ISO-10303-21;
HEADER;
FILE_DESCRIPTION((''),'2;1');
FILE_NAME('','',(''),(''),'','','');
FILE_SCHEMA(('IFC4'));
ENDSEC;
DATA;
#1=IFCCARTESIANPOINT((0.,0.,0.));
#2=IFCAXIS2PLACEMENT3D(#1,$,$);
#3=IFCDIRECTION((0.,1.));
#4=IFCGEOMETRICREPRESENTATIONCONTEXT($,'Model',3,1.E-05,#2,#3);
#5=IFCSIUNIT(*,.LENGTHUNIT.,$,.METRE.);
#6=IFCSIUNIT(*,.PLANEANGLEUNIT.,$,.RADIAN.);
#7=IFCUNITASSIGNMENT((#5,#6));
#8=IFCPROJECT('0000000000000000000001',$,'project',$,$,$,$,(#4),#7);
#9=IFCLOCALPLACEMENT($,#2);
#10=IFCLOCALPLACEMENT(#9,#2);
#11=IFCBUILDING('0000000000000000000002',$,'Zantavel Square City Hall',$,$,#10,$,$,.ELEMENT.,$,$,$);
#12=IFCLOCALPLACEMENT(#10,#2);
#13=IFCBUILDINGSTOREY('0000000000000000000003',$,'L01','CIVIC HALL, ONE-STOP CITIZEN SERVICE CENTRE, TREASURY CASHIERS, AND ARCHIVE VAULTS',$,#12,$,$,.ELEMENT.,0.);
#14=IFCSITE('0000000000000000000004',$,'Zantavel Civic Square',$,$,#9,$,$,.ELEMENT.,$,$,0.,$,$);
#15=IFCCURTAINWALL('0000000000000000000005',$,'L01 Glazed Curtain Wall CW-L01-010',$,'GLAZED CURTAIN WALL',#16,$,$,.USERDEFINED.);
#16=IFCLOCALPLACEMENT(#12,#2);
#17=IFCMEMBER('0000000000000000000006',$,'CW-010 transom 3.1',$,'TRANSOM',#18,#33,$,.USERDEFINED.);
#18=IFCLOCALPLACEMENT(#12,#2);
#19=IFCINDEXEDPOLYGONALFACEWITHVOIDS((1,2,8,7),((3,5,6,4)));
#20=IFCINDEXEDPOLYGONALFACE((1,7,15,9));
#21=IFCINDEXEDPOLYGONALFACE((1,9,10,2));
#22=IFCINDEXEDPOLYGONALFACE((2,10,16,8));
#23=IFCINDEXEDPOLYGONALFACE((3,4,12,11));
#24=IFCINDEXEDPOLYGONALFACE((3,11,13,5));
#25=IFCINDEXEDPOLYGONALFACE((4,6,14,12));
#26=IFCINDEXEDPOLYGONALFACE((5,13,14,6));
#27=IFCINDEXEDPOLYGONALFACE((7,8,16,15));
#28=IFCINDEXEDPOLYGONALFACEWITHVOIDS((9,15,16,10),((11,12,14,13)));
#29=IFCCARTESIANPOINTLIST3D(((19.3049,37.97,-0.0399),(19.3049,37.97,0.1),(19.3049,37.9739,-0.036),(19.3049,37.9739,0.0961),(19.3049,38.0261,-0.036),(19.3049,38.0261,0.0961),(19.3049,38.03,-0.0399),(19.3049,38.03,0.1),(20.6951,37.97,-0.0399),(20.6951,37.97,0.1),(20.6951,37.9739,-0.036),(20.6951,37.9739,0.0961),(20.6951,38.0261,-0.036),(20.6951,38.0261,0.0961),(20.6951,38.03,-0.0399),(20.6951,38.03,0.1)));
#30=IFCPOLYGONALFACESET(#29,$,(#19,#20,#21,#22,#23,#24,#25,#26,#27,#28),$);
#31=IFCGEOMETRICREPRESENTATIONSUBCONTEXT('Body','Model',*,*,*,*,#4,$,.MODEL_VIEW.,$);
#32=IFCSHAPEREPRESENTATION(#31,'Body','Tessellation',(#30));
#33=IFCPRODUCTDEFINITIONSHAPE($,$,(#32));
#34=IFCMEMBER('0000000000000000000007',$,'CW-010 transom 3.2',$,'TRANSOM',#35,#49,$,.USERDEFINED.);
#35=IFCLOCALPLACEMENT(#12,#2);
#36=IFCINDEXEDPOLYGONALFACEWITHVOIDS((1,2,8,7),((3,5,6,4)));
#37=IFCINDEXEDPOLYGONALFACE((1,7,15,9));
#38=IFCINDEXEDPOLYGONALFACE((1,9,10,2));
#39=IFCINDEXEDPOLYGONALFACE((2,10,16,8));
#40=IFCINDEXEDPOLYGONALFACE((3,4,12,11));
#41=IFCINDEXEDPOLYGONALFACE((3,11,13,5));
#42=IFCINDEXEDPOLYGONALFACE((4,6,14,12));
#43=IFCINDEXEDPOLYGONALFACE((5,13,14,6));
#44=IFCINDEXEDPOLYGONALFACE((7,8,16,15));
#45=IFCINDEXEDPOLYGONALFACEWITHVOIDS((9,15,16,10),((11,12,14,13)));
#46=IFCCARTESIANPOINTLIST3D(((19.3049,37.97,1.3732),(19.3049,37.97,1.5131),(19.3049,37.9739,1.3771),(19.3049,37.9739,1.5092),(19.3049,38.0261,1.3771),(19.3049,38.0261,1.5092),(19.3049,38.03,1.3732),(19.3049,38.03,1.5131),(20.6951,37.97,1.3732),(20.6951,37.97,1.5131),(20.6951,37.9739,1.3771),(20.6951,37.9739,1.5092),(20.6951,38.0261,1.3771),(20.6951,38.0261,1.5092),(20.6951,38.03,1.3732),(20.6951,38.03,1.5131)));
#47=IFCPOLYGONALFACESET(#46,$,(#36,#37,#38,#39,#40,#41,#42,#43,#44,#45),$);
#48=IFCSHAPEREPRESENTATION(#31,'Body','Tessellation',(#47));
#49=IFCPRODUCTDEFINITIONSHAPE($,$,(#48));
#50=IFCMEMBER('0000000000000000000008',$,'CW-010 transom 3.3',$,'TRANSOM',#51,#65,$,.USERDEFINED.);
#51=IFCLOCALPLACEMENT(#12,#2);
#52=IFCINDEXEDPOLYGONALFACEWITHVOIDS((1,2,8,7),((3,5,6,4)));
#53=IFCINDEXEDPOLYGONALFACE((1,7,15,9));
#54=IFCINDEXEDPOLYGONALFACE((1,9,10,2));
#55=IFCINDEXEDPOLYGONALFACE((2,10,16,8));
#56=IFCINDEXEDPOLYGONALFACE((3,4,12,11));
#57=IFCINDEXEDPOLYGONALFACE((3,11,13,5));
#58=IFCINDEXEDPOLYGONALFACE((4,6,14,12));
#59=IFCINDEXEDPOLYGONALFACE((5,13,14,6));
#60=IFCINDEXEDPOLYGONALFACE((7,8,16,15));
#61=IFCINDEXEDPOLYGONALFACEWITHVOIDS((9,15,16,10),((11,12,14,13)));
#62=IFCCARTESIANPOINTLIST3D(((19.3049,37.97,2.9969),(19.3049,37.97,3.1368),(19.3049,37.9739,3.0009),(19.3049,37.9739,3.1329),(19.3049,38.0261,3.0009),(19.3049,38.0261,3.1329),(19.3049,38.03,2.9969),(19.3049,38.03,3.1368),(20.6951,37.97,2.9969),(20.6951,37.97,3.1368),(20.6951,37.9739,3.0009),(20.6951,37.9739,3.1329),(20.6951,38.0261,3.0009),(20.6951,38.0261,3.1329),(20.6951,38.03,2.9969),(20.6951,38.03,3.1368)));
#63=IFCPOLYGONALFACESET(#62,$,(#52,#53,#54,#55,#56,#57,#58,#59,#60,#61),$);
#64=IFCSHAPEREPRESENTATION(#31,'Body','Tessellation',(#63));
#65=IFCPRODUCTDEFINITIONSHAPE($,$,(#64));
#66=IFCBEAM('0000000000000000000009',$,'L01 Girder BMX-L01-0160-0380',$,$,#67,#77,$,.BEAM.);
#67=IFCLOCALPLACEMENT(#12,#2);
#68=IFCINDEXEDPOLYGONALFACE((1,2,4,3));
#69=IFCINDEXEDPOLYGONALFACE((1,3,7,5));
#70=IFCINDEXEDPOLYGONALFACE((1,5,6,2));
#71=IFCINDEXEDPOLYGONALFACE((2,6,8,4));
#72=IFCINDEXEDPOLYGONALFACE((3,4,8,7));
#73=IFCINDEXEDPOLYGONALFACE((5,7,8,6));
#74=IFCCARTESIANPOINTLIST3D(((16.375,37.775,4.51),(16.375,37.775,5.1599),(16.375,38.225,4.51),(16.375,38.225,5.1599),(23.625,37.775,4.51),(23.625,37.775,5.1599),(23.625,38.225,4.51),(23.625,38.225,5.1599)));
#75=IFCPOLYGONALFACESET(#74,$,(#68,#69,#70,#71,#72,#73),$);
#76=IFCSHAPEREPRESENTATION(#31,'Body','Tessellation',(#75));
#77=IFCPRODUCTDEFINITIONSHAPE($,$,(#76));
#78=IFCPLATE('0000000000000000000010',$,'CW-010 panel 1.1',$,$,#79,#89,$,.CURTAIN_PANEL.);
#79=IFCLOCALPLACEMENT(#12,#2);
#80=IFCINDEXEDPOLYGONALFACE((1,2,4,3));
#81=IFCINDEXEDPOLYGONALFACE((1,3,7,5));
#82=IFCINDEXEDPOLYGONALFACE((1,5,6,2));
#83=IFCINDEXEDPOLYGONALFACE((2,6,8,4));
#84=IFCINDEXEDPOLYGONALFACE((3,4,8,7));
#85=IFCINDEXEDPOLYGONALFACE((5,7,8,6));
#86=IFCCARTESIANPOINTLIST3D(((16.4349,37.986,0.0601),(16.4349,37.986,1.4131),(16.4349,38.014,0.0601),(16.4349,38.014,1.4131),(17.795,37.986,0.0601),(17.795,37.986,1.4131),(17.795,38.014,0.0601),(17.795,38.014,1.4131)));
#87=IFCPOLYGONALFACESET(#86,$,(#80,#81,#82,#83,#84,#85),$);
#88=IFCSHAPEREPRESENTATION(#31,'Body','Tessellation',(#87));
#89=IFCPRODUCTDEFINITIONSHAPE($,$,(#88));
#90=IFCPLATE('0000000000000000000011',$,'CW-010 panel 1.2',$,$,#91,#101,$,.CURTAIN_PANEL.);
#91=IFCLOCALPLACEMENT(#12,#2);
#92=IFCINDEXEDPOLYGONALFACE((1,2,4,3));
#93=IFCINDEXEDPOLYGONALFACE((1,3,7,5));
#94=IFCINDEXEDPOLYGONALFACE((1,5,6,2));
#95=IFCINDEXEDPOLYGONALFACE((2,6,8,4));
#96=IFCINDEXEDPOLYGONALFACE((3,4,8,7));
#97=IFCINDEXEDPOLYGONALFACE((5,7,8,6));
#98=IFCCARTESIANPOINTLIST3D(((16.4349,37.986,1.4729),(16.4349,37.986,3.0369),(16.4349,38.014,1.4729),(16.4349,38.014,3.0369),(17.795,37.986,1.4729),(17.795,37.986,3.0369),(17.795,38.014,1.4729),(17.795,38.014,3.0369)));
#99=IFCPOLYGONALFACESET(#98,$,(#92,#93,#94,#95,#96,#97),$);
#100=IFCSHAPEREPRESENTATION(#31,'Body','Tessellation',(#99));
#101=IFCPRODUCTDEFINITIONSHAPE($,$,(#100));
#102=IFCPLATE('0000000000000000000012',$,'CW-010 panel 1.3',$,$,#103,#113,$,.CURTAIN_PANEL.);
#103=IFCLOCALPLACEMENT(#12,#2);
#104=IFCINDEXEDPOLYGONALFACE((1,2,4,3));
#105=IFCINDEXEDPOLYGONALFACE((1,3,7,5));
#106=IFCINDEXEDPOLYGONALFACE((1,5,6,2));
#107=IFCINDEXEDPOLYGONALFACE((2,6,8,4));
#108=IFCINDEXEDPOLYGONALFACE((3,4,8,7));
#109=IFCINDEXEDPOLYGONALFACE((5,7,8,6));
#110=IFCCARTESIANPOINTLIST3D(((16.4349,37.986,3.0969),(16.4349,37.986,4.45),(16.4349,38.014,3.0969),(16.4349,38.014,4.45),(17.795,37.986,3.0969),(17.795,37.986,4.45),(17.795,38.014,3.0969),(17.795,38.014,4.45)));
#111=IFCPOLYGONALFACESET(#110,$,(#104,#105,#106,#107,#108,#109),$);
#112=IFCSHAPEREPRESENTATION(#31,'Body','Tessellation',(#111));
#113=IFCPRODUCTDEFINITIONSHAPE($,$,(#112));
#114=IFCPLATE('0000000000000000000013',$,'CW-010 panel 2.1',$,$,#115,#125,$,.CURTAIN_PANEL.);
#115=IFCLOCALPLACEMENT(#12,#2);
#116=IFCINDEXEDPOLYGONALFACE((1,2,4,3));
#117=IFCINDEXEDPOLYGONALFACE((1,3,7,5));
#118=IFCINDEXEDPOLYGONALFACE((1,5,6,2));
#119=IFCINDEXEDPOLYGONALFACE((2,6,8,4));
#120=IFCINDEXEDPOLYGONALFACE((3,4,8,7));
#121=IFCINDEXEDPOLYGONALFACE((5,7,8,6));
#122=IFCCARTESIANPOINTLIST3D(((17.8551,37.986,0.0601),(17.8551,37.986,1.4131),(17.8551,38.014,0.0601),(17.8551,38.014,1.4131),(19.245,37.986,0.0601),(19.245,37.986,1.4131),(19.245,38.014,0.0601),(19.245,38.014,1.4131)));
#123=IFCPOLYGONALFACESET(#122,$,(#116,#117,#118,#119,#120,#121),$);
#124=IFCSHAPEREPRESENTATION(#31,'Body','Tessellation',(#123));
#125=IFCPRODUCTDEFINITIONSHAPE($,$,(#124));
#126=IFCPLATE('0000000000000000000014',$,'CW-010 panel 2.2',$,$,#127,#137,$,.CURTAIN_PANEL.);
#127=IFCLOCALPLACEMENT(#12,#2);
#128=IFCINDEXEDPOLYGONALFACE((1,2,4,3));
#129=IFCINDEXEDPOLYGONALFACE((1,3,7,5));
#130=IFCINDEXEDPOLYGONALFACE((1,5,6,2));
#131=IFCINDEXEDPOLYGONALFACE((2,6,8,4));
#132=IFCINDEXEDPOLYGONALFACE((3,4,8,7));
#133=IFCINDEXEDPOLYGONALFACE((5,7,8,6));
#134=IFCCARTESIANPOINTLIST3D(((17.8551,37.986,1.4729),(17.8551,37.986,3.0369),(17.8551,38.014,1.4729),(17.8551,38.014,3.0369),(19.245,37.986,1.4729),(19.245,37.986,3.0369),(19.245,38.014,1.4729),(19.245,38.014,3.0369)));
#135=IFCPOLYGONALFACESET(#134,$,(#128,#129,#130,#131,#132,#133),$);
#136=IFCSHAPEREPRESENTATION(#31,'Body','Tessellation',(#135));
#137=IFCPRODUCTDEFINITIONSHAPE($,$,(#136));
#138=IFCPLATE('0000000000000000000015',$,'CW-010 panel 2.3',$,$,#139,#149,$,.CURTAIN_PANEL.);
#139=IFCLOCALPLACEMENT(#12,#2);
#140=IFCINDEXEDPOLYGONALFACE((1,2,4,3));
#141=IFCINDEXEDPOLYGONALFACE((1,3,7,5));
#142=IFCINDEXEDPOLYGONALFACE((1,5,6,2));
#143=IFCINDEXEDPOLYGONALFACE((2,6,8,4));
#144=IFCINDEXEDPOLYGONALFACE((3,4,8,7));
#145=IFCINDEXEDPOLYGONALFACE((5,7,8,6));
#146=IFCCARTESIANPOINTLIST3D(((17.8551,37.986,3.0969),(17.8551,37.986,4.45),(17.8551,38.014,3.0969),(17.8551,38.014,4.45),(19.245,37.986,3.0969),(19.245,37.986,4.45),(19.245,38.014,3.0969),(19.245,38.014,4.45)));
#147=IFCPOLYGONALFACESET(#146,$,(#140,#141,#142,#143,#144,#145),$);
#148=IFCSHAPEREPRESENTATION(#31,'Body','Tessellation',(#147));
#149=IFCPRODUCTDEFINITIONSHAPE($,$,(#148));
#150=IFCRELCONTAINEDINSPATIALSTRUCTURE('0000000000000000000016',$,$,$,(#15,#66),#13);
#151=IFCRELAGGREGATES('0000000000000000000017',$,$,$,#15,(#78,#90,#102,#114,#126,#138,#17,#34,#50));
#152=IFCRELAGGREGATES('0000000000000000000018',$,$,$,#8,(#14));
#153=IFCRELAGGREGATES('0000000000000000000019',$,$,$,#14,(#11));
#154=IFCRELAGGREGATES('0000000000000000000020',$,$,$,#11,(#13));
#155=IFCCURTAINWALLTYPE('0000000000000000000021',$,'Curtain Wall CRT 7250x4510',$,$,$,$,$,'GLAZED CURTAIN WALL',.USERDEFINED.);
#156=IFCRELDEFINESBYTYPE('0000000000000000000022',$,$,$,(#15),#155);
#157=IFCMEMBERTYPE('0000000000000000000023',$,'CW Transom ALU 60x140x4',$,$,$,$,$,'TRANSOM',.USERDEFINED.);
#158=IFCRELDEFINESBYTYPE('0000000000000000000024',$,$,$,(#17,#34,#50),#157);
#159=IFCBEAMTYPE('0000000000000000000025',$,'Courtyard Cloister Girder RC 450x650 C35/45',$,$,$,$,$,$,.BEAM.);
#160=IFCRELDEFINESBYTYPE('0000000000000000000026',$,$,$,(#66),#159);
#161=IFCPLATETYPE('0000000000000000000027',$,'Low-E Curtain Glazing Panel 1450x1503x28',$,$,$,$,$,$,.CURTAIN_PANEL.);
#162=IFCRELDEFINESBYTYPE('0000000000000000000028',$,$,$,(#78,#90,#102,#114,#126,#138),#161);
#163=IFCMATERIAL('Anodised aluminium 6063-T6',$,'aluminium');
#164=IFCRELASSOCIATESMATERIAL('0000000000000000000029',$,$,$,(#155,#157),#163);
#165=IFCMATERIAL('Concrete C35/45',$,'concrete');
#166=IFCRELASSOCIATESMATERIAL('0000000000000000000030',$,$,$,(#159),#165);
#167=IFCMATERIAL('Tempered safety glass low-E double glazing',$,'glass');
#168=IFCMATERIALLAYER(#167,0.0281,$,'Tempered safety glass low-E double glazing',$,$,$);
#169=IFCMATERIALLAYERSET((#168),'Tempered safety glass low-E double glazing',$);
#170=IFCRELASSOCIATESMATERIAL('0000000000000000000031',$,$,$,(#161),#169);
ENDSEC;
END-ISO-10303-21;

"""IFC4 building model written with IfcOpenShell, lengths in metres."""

from ifc_helpers import new_model, si_unit, direction, frame, origin, origin_2d, place, context, subcontext, project, spatial, rectangle, hollow_rectangle, extrude, material, layer, layer_set, material_profile, profile_set, type_object, element, aggregate, save


model = new_model("IFC4")

# Units and contexts
model_context = context("Model", 3, precision=1e-05, world=origin(), true_north=direction((0.0, 1.0)))
body_context = subcontext(model_context, "Body", "Model", "MODEL_VIEW")
ifc_project = project(units=[si_unit("LENGTHUNIT", "METRE"), si_unit("PLANEANGLEUNIT", "RADIAN")], contexts=[model_context])

# Site, building, storey
site_placement = place(None, origin())
site = spatial("IfcSite", under=ifc_project, at=site_placement, Name="Zantavel Civic Square", CompositionType="ELEMENT", RefElevation=0.0)
building_placement = place(site_placement, origin())
building = spatial("IfcBuilding", under=site, at=building_placement, Name="Zantavel Square City Hall", CompositionType="ELEMENT")
storey_placement = place(building_placement, origin())
storey = spatial("IfcBuildingStorey", under=building, at=storey_placement, Name="L01", Description="CIVIC HALL, ONE-STOP CITIZEN SERVICE CENTRE, TREASURY CASHIERS, AND ARCHIVE VAULTS", CompositionType="ELEMENT", Elevation=0.0)

# Curtain wall, members
ifc_material_1 = material(Name="Anodised aluminium 6063-T6", Category="aluminium")
curtain_wall_type = type_object("IfcCurtainWallType", Name="Curtain Wall CRT 7250x4510", ElementType="GLAZED CURTAIN WALL", PredefinedType="USERDEFINED", material=ifc_material_1)
curtain_wall_placement = place(storey_placement, origin())
curtain_wall = element("IfcCurtainWall", 1, at=curtain_wall_placement, inside=storey, type_object=curtain_wall_type, Name="L01 Glazed Curtain Wall CW-L01-010", ObjectType="GLAZED CURTAIN WALL", PredefinedType="USERDEFINED")
ifc_material_profile_1 = material_profile(ifc_material_1, hollow_rectangle(XDim=0.0601, YDim=0.1399, WallThickness=0.0039, at=origin_2d()), Name="ALU 60x140x4")
ifc_profile_set_1 = profile_set([ifc_material_profile_1], Name="Anodised aluminium 6063-T6")
member_type_1 = type_object("IfcMemberType", Name="CW Transom ALU 60x140x4", ElementType="TRANSOM", PredefinedType="USERDEFINED", material=ifc_profile_set_1)
member_1_placement = place(storey_placement, frame((19.3049, 38.0, 0.03), z_axis=(1.0, 0.0, 0.0), x_axis=(0.0, 1.0, 0.0)))
member_1 = element("IfcMember", 2, at=member_1_placement, type_object=member_type_1, Name="CW-010 transom 3.1", ObjectType="TRANSOM", PredefinedType="USERDEFINED", context=body_context, shape_type="SweptSolid", body=[
    extrude(hollow_rectangle(XDim=0.0601, YDim=0.1399, WallThickness=0.0039, at=origin_2d()), origin(), (0.0, 0.0, 1.0), 1.3901),
])
member_2_placement = place(storey_placement, frame((19.3049, 38.0, 1.4431), z_axis=(1.0, 0.0, 0.0), x_axis=(0.0, 1.0, 0.0)))
member_2 = element("IfcMember", 3, at=member_2_placement, type_object=member_type_1, Name="CW-010 transom 3.2", ObjectType="TRANSOM", PredefinedType="USERDEFINED", context=body_context, shape_type="SweptSolid", body=[
    extrude(hollow_rectangle(XDim=0.0601, YDim=0.1399, WallThickness=0.0039, at=origin_2d()), origin(), (0.0, 0.0, 1.0), 1.3901),
])
member_3_placement = place(storey_placement, frame((19.3049, 38.0, 3.0669), z_axis=(1.0, 0.0, 0.0), x_axis=(0.0, 1.0, 0.0)))
member_3 = element("IfcMember", 4, at=member_3_placement, type_object=member_type_1, Name="CW-010 transom 3.3", ObjectType="TRANSOM", PredefinedType="USERDEFINED", context=body_context, shape_type="SweptSolid", body=[
    extrude(hollow_rectangle(XDim=0.0601, YDim=0.1399, WallThickness=0.0039, at=origin_2d()), origin(), (0.0, 0.0, 1.0), 1.3901),
])

# Beam
ifc_material_2 = material(Name="Concrete C35/45", Category="concrete")
ifc_material_profile_2 = material_profile(ifc_material_2, rectangle(XDim=0.45, YDim=0.6499, at=origin_2d()), Name="RC 450x650")
ifc_profile_set_2 = profile_set([ifc_material_profile_2], Name="Concrete C35/45")
beam_type = type_object("IfcBeamType", Name="Courtyard Cloister Girder RC 450x650 C35/45", PredefinedType="BEAM", material=ifc_profile_set_2)
beam_placement = place(storey_placement, frame((16.375, 38.0, 4.835), z_axis=(1.0, 0.0, 0.0), x_axis=(0.0, 1.0, 0.0)))
element("IfcBeam", 5, at=beam_placement, inside=storey, type_object=beam_type, Name="L01 Girder BMX-L01-0160-0380", PredefinedType="BEAM", context=body_context, shape_type="SweptSolid", body=[
    extrude(rectangle(XDim=0.45, YDim=0.6499, at=origin_2d()), origin(), (0.0, 0.0, 1.0), 7.25),
])

# Plates
ifc_material_3 = material(Name="Tempered safety glass low-E double glazing", Category="glass")
ifc_layer = layer(ifc_material_3, 0.0281, Name="Tempered safety glass low-E double glazing")
ifc_layer_set = layer_set([ifc_layer], Name="Tempered safety glass low-E double glazing")
plate_type = type_object("IfcPlateType", Name="Low-E Curtain Glazing Panel 1450x1503x28", PredefinedType="CURTAIN_PANEL", material=ifc_layer_set)
plate_1_placement = place(storey_placement, frame((17.115, 38.0, 0.0601), z_axis=(0.0, 0.0, 1.0), x_axis=(1.0, 0.0, 0.0)))
plate_1 = element("IfcPlate", 6, at=plate_1_placement, type_object=plate_type, Name="CW-010 panel 1.1", PredefinedType="CURTAIN_PANEL", context=body_context, shape_type="SweptSolid", body=[
    extrude(rectangle(XDim=1.3601, YDim=0.0281, at=origin_2d()), origin(), (0.0, 0.0, 1.0), 1.353),
])
plate_2_placement = place(storey_placement, frame((17.115, 38.0, 1.4729), z_axis=(0.0, 0.0, 1.0), x_axis=(1.0, 0.0, 0.0)))
plate_2 = element("IfcPlate", 7, at=plate_2_placement, type_object=plate_type, Name="CW-010 panel 1.2", PredefinedType="CURTAIN_PANEL", context=body_context, shape_type="SweptSolid", body=[
    extrude(rectangle(XDim=1.3601, YDim=0.0281, at=origin_2d()), origin(), (0.0, 0.0, 1.0), 1.564),
])
plate_3_placement = place(storey_placement, frame((17.115, 38.0, 3.0969), z_axis=(0.0, 0.0, 1.0), x_axis=(1.0, 0.0, 0.0)))
plate_3 = element("IfcPlate", 8, at=plate_3_placement, type_object=plate_type, Name="CW-010 panel 1.3", PredefinedType="CURTAIN_PANEL", context=body_context, shape_type="SweptSolid", body=[
    extrude(rectangle(XDim=1.3601, YDim=0.0281, at=origin_2d()), origin(), (0.0, 0.0, 1.0), 1.353),
])
plate_4_placement = place(storey_placement, frame((18.55, 38.0, 0.0601), z_axis=(0.0, 0.0, 1.0), x_axis=(1.0, 0.0, 0.0)))
plate_4 = element("IfcPlate", 9, at=plate_4_placement, type_object=plate_type, Name="CW-010 panel 2.1", PredefinedType="CURTAIN_PANEL", context=body_context, shape_type="SweptSolid", body=[
    extrude(rectangle(XDim=1.3899, YDim=0.0281, at=origin_2d()), origin(), (0.0, 0.0, 1.0), 1.353),
])
plate_5_placement = place(storey_placement, frame((18.55, 38.0, 1.4729), z_axis=(0.0, 0.0, 1.0), x_axis=(1.0, 0.0, 0.0)))
plate_5 = element("IfcPlate", 10, at=plate_5_placement, type_object=plate_type, Name="CW-010 panel 2.2", PredefinedType="CURTAIN_PANEL", context=body_context, shape_type="SweptSolid", body=[
    extrude(rectangle(XDim=1.3899, YDim=0.0281, at=origin_2d()), origin(), (0.0, 0.0, 1.0), 1.564),
])
plate_6_placement = place(storey_placement, frame((18.55, 38.0, 3.0969), z_axis=(0.0, 0.0, 1.0), x_axis=(1.0, 0.0, 0.0)))
plate_6 = element("IfcPlate", 11, at=plate_6_placement, type_object=plate_type, Name="CW-010 panel 2.3", PredefinedType="CURTAIN_PANEL", context=body_context, shape_type="SweptSolid", body=[
    extrude(rectangle(XDim=1.3899, YDim=0.0281, at=origin_2d()), origin(), (0.0, 0.0, 1.0), 1.353),
])
aggregate(curtain_wall, [plate_1, plate_2, plate_3, plate_4, plate_5, plate_6, member_1, member_2, member_3])

save(model, "model.ifc")
